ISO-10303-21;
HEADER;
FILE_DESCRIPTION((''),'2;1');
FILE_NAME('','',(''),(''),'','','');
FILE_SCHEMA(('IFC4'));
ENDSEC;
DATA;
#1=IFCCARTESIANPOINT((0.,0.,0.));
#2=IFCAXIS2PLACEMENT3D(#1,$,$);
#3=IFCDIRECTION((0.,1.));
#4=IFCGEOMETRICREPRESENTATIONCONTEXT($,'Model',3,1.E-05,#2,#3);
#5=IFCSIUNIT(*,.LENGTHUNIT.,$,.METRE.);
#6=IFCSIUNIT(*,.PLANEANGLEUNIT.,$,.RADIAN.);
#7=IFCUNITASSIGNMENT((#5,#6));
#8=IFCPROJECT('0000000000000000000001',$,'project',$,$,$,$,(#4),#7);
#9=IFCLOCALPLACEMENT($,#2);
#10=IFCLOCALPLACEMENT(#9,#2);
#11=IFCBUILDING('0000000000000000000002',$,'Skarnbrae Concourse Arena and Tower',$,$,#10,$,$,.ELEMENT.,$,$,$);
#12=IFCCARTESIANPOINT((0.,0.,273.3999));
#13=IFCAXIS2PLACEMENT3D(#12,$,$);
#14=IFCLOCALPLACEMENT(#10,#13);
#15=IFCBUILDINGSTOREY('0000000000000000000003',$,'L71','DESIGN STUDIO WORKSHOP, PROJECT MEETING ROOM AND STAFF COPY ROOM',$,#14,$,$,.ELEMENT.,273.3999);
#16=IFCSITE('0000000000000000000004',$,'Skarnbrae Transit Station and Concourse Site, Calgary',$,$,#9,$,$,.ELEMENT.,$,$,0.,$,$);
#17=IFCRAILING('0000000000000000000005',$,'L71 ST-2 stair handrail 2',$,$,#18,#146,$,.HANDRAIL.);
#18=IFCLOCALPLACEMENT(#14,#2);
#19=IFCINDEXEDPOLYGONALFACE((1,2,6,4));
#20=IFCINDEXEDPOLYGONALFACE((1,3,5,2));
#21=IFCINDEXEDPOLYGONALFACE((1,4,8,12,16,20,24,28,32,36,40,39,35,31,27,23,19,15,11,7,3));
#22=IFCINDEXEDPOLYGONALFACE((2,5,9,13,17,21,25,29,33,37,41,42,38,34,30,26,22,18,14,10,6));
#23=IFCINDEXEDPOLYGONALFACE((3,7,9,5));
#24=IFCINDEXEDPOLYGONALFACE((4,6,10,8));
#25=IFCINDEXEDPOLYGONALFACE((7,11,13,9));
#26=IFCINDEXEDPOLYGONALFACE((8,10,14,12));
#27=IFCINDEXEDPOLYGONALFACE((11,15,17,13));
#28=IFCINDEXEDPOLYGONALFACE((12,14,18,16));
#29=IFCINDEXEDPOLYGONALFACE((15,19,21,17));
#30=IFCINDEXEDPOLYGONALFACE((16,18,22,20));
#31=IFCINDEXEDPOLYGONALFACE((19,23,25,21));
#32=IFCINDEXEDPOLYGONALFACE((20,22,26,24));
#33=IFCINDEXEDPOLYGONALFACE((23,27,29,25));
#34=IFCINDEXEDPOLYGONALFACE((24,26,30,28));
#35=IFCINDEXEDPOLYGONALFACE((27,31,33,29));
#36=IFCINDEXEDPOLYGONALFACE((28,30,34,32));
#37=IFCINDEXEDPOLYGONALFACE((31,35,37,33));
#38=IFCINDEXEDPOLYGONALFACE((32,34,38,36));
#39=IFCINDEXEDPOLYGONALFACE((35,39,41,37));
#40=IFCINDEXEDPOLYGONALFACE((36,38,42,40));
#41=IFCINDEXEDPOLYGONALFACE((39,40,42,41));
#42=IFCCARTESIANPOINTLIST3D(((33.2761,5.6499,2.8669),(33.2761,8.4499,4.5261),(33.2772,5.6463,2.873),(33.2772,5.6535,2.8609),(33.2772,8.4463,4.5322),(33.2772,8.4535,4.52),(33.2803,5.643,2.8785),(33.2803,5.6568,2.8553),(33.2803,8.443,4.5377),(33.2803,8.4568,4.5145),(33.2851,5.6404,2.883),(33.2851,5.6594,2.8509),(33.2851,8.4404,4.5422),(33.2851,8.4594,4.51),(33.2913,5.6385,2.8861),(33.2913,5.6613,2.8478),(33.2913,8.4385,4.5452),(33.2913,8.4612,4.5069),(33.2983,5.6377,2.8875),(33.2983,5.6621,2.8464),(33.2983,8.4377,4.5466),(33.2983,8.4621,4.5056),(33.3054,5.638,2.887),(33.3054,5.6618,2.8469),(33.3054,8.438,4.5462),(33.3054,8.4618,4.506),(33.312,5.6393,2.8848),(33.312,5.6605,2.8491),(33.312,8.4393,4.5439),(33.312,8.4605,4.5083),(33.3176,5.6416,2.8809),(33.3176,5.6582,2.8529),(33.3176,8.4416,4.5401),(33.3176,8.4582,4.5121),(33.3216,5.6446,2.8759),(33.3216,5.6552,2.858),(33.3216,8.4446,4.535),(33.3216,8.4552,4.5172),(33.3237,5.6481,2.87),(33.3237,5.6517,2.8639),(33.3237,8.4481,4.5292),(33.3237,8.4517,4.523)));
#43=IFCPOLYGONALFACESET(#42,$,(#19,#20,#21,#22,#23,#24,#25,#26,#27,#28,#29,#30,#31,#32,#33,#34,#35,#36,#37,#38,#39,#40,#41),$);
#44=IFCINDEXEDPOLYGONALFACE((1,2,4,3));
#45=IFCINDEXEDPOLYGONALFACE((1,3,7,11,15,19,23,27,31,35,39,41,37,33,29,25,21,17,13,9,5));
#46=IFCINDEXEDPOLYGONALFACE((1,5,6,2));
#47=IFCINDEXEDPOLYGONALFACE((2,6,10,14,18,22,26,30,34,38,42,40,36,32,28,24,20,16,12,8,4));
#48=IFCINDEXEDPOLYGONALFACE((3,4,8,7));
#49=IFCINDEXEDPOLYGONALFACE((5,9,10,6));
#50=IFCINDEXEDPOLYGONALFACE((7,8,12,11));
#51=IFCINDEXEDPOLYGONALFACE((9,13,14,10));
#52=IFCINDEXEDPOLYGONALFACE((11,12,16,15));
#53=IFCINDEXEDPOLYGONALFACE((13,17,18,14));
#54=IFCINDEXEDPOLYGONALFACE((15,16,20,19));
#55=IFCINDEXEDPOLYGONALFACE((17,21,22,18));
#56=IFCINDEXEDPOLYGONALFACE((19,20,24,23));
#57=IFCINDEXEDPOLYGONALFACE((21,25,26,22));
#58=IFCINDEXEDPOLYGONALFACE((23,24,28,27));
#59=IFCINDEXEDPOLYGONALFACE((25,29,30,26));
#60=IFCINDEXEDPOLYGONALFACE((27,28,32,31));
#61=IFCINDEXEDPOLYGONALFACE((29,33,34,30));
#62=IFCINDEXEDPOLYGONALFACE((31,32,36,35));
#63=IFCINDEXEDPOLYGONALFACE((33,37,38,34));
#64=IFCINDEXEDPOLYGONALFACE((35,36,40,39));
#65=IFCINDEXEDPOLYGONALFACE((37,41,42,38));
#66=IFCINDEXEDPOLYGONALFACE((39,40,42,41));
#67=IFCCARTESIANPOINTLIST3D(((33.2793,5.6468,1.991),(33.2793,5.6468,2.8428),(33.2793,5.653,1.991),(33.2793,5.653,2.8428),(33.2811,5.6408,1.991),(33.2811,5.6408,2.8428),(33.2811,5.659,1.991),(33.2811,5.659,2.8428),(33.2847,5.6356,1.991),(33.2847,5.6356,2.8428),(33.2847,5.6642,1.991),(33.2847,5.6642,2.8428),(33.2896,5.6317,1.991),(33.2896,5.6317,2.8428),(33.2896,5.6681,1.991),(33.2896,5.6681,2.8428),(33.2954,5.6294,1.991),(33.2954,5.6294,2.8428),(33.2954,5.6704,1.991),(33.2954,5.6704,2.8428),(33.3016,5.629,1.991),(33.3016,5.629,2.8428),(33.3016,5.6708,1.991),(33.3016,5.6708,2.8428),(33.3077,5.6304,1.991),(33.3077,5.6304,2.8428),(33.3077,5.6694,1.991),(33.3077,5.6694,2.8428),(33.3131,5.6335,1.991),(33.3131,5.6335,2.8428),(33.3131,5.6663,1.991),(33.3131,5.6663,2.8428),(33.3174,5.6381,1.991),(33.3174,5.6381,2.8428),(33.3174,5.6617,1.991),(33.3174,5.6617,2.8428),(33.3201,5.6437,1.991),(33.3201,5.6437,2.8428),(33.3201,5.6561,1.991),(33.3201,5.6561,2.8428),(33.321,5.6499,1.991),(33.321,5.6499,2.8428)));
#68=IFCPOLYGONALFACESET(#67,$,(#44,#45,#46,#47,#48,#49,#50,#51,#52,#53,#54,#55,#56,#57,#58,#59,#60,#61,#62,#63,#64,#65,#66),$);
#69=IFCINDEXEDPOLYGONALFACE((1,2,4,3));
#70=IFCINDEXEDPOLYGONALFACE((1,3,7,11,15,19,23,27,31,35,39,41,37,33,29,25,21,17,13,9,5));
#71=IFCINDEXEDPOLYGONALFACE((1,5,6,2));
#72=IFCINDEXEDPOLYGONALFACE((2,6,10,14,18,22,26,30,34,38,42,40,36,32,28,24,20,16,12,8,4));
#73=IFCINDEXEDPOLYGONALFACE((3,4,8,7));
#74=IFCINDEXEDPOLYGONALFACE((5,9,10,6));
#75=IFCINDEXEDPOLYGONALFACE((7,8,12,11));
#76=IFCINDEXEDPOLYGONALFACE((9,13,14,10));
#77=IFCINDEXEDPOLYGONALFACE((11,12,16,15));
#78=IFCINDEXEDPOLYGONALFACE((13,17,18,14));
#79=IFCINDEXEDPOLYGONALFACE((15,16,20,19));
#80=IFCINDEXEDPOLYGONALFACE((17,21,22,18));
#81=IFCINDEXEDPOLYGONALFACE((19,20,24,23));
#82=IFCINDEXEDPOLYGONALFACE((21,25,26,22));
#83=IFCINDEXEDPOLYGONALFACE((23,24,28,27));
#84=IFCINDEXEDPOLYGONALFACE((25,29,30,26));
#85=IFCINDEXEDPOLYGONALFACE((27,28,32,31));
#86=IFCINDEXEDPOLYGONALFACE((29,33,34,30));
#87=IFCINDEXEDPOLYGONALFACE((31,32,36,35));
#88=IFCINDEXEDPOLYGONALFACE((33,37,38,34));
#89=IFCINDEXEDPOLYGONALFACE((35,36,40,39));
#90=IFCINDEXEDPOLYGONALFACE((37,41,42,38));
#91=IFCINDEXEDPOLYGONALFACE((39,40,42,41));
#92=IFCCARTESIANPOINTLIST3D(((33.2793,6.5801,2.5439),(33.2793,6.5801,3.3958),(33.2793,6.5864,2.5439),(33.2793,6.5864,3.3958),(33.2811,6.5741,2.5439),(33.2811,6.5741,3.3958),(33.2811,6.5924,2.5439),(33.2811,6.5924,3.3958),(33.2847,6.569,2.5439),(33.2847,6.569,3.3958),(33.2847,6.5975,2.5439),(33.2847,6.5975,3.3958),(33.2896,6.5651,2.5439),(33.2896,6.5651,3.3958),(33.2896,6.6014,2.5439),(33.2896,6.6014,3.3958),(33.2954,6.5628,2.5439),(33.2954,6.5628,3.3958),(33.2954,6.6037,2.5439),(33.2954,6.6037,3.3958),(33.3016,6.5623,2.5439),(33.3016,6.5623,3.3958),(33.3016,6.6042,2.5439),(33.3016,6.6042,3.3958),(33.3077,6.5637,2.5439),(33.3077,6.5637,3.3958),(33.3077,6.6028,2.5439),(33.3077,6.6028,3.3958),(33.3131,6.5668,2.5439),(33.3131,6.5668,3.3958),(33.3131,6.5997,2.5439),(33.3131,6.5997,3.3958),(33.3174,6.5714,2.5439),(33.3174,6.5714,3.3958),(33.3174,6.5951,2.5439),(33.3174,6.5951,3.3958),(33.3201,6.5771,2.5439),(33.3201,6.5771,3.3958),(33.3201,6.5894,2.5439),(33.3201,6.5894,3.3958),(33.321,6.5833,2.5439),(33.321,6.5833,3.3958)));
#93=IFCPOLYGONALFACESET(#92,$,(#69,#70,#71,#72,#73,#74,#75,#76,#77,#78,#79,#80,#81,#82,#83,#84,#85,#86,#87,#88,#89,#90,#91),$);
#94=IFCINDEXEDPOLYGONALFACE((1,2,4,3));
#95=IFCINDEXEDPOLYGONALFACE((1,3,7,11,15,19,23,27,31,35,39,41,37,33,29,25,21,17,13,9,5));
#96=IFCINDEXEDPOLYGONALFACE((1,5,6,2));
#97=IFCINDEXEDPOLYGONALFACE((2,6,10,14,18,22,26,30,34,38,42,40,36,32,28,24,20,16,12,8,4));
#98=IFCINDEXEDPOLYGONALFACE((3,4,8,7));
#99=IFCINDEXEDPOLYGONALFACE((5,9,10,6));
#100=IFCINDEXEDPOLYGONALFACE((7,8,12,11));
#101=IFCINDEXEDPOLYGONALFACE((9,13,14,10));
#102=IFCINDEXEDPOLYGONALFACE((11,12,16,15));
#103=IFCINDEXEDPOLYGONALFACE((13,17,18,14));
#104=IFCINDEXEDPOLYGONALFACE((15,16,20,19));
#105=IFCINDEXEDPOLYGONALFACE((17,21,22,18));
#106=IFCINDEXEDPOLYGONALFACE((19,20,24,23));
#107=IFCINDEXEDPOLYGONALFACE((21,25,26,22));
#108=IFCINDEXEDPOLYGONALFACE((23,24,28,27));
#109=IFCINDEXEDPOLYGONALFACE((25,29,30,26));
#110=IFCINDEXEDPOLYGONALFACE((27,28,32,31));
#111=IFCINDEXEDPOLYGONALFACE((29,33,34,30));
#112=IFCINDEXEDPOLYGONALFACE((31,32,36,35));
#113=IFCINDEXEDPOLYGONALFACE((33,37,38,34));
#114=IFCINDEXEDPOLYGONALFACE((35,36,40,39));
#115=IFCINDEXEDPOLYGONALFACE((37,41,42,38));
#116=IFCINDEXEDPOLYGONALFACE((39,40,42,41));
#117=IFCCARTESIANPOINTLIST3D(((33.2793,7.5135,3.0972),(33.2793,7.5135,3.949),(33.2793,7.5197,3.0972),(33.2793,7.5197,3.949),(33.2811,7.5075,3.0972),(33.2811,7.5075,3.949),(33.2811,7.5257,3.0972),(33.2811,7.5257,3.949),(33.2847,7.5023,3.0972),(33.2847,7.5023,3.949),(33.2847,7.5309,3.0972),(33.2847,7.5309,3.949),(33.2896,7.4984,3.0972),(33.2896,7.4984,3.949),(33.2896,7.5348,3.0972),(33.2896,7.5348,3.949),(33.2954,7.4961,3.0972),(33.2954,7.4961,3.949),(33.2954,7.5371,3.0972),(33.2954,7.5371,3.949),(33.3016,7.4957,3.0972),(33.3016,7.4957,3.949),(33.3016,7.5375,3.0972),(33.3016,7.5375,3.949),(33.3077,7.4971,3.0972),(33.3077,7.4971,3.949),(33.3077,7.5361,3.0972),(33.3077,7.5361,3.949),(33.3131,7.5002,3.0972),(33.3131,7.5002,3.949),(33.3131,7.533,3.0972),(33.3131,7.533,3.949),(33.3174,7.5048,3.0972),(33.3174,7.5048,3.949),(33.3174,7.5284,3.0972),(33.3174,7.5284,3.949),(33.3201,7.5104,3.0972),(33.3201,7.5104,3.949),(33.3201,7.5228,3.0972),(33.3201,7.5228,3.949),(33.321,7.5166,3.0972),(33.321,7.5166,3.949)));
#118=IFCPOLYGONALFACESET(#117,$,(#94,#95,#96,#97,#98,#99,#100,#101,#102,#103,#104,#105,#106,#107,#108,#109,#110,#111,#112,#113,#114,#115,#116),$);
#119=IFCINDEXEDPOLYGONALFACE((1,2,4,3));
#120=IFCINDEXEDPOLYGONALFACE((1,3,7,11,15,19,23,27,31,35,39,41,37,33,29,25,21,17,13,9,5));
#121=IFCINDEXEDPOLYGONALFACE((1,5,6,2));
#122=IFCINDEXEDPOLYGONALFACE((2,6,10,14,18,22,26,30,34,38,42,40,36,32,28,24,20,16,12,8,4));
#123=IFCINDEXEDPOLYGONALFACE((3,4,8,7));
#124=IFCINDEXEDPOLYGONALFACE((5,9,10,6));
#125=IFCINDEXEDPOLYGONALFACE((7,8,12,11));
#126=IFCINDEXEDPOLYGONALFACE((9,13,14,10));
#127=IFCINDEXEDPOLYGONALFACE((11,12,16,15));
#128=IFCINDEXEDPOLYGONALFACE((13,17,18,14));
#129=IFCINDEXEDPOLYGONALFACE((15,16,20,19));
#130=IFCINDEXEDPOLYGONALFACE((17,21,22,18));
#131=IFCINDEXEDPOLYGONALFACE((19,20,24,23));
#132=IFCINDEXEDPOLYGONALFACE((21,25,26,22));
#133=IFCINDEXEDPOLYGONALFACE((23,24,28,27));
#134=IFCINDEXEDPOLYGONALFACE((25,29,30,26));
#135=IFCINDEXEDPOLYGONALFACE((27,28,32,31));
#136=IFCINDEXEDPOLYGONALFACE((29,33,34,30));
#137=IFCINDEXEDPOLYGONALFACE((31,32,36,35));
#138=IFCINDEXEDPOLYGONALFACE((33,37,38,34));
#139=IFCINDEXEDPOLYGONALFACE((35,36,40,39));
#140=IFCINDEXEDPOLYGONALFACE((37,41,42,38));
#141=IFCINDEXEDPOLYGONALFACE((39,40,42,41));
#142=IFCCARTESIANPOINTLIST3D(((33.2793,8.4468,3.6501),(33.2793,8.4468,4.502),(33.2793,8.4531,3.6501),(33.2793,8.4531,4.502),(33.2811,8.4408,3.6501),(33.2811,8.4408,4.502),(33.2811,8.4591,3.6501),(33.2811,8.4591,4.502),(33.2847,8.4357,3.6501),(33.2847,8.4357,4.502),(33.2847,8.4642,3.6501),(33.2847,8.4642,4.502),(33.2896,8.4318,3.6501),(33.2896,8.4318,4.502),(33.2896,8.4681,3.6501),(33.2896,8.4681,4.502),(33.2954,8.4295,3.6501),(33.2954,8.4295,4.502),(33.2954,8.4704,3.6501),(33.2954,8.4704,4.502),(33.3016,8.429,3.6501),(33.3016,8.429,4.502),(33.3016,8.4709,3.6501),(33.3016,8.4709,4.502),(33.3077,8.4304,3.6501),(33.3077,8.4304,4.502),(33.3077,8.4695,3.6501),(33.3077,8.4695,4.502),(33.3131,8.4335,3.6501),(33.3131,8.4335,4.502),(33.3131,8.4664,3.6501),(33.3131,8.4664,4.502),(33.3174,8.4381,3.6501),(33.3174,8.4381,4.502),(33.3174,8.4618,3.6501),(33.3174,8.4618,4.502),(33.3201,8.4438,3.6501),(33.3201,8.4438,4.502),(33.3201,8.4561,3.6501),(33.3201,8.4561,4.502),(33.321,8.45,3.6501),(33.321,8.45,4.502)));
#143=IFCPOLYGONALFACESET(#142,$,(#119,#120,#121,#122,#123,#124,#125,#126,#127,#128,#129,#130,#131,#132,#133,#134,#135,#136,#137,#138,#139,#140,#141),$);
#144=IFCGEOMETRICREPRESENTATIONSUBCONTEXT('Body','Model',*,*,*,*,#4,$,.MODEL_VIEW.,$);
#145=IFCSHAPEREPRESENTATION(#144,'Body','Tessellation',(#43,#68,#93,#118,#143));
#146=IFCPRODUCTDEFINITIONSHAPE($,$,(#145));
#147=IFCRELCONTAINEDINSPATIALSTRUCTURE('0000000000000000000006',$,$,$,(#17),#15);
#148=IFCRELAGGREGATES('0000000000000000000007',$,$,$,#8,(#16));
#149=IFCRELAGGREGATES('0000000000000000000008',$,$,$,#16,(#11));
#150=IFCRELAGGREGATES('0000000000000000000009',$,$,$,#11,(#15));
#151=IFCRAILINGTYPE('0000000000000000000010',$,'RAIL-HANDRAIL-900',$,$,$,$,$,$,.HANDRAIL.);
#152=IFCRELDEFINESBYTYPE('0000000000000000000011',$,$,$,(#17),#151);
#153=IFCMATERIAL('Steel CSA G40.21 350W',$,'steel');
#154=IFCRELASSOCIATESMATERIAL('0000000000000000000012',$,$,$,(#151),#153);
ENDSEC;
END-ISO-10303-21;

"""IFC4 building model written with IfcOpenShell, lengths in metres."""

from ifc_helpers import new_model, si_unit, direction, frame, origin, origin_2d, place, context, subcontext, project, spatial, circle, extrude, material, type_object, element, save


model = new_model("IFC4")

# Units and contexts
model_context = context("Model", 3, precision=1e-05, world=origin(), true_north=direction((0.0, 1.0)))
body_context = subcontext(model_context, "Body", "Model", "MODEL_VIEW")
ifc_project = project(units=[si_unit("LENGTHUNIT", "METRE"), si_unit("PLANEANGLEUNIT", "RADIAN")], contexts=[model_context])

# Site, building, storey
site_placement = place(None, origin())
site = spatial("IfcSite", under=ifc_project, at=site_placement, Name="Skarnbrae Transit Station and Concourse Site, Calgary", CompositionType="ELEMENT", RefElevation=0.0)
building_placement = place(site_placement, origin())
building = spatial("IfcBuilding", under=site, at=building_placement, Name="Skarnbrae Concourse Arena and Tower", CompositionType="ELEMENT")
storey_placement = place(building_placement, frame((0.0, 0.0, 273.3999)))
storey = spatial("IfcBuildingStorey", under=building, at=storey_placement, Name="L71", Description="DESIGN STUDIO WORKSHOP, PROJECT MEETING ROOM AND STAFF COPY ROOM", CompositionType="ELEMENT", Elevation=273.3999)

# Shared definitions
ifc_material_1 = material(Name="Steel CSA G40.21 350W", Category="steel")

# Railing
railing_type_1 = type_object("IfcRailingType", Name="RAIL-HANDRAIL-900", PredefinedType="HANDRAIL", material=ifc_material_1)
railing_1_placement = place(storey_placement, frame((33.3, 5.6499, 1.991)))
element("IfcRailing", 1, at=railing_1_placement, inside=storey, type_object=railing_type_1, Name="L71 ST-2 stair handrail 2", PredefinedType="HANDRAIL", context=body_context, shape_type="SweptSolid", body=[
    extrude(circle(Radius=0.0239, at=origin_2d()), frame((0.0, 0.0, 0.876), z_axis=(0.0, 0.860306, 0.509778), x_axis=(-1.0, 0.0, 0.0)), (0.0, 0.0, 1.0), 3.2546),
    extrude(circle(Radius=0.021, at=origin_2d()), origin(), (0.0, 0.0, 1.0), 0.8518),
    extrude(circle(Radius=0.021, at=origin_2d()), frame((0.0, 0.9333, 0.553)), (0.0, 0.0, 1.0), 0.8518),
    extrude(circle(Radius=0.021, at=origin_2d()), frame((0.0, 1.8667, 1.1062)), (0.0, 0.0, 1.0), 0.8518),
    extrude(circle(Radius=0.021, at=origin_2d()), frame((0.0, 2.8, 1.6592)), (0.0, 0.0, 1.0), 0.8518),
])

save(model, "model.ifc")
